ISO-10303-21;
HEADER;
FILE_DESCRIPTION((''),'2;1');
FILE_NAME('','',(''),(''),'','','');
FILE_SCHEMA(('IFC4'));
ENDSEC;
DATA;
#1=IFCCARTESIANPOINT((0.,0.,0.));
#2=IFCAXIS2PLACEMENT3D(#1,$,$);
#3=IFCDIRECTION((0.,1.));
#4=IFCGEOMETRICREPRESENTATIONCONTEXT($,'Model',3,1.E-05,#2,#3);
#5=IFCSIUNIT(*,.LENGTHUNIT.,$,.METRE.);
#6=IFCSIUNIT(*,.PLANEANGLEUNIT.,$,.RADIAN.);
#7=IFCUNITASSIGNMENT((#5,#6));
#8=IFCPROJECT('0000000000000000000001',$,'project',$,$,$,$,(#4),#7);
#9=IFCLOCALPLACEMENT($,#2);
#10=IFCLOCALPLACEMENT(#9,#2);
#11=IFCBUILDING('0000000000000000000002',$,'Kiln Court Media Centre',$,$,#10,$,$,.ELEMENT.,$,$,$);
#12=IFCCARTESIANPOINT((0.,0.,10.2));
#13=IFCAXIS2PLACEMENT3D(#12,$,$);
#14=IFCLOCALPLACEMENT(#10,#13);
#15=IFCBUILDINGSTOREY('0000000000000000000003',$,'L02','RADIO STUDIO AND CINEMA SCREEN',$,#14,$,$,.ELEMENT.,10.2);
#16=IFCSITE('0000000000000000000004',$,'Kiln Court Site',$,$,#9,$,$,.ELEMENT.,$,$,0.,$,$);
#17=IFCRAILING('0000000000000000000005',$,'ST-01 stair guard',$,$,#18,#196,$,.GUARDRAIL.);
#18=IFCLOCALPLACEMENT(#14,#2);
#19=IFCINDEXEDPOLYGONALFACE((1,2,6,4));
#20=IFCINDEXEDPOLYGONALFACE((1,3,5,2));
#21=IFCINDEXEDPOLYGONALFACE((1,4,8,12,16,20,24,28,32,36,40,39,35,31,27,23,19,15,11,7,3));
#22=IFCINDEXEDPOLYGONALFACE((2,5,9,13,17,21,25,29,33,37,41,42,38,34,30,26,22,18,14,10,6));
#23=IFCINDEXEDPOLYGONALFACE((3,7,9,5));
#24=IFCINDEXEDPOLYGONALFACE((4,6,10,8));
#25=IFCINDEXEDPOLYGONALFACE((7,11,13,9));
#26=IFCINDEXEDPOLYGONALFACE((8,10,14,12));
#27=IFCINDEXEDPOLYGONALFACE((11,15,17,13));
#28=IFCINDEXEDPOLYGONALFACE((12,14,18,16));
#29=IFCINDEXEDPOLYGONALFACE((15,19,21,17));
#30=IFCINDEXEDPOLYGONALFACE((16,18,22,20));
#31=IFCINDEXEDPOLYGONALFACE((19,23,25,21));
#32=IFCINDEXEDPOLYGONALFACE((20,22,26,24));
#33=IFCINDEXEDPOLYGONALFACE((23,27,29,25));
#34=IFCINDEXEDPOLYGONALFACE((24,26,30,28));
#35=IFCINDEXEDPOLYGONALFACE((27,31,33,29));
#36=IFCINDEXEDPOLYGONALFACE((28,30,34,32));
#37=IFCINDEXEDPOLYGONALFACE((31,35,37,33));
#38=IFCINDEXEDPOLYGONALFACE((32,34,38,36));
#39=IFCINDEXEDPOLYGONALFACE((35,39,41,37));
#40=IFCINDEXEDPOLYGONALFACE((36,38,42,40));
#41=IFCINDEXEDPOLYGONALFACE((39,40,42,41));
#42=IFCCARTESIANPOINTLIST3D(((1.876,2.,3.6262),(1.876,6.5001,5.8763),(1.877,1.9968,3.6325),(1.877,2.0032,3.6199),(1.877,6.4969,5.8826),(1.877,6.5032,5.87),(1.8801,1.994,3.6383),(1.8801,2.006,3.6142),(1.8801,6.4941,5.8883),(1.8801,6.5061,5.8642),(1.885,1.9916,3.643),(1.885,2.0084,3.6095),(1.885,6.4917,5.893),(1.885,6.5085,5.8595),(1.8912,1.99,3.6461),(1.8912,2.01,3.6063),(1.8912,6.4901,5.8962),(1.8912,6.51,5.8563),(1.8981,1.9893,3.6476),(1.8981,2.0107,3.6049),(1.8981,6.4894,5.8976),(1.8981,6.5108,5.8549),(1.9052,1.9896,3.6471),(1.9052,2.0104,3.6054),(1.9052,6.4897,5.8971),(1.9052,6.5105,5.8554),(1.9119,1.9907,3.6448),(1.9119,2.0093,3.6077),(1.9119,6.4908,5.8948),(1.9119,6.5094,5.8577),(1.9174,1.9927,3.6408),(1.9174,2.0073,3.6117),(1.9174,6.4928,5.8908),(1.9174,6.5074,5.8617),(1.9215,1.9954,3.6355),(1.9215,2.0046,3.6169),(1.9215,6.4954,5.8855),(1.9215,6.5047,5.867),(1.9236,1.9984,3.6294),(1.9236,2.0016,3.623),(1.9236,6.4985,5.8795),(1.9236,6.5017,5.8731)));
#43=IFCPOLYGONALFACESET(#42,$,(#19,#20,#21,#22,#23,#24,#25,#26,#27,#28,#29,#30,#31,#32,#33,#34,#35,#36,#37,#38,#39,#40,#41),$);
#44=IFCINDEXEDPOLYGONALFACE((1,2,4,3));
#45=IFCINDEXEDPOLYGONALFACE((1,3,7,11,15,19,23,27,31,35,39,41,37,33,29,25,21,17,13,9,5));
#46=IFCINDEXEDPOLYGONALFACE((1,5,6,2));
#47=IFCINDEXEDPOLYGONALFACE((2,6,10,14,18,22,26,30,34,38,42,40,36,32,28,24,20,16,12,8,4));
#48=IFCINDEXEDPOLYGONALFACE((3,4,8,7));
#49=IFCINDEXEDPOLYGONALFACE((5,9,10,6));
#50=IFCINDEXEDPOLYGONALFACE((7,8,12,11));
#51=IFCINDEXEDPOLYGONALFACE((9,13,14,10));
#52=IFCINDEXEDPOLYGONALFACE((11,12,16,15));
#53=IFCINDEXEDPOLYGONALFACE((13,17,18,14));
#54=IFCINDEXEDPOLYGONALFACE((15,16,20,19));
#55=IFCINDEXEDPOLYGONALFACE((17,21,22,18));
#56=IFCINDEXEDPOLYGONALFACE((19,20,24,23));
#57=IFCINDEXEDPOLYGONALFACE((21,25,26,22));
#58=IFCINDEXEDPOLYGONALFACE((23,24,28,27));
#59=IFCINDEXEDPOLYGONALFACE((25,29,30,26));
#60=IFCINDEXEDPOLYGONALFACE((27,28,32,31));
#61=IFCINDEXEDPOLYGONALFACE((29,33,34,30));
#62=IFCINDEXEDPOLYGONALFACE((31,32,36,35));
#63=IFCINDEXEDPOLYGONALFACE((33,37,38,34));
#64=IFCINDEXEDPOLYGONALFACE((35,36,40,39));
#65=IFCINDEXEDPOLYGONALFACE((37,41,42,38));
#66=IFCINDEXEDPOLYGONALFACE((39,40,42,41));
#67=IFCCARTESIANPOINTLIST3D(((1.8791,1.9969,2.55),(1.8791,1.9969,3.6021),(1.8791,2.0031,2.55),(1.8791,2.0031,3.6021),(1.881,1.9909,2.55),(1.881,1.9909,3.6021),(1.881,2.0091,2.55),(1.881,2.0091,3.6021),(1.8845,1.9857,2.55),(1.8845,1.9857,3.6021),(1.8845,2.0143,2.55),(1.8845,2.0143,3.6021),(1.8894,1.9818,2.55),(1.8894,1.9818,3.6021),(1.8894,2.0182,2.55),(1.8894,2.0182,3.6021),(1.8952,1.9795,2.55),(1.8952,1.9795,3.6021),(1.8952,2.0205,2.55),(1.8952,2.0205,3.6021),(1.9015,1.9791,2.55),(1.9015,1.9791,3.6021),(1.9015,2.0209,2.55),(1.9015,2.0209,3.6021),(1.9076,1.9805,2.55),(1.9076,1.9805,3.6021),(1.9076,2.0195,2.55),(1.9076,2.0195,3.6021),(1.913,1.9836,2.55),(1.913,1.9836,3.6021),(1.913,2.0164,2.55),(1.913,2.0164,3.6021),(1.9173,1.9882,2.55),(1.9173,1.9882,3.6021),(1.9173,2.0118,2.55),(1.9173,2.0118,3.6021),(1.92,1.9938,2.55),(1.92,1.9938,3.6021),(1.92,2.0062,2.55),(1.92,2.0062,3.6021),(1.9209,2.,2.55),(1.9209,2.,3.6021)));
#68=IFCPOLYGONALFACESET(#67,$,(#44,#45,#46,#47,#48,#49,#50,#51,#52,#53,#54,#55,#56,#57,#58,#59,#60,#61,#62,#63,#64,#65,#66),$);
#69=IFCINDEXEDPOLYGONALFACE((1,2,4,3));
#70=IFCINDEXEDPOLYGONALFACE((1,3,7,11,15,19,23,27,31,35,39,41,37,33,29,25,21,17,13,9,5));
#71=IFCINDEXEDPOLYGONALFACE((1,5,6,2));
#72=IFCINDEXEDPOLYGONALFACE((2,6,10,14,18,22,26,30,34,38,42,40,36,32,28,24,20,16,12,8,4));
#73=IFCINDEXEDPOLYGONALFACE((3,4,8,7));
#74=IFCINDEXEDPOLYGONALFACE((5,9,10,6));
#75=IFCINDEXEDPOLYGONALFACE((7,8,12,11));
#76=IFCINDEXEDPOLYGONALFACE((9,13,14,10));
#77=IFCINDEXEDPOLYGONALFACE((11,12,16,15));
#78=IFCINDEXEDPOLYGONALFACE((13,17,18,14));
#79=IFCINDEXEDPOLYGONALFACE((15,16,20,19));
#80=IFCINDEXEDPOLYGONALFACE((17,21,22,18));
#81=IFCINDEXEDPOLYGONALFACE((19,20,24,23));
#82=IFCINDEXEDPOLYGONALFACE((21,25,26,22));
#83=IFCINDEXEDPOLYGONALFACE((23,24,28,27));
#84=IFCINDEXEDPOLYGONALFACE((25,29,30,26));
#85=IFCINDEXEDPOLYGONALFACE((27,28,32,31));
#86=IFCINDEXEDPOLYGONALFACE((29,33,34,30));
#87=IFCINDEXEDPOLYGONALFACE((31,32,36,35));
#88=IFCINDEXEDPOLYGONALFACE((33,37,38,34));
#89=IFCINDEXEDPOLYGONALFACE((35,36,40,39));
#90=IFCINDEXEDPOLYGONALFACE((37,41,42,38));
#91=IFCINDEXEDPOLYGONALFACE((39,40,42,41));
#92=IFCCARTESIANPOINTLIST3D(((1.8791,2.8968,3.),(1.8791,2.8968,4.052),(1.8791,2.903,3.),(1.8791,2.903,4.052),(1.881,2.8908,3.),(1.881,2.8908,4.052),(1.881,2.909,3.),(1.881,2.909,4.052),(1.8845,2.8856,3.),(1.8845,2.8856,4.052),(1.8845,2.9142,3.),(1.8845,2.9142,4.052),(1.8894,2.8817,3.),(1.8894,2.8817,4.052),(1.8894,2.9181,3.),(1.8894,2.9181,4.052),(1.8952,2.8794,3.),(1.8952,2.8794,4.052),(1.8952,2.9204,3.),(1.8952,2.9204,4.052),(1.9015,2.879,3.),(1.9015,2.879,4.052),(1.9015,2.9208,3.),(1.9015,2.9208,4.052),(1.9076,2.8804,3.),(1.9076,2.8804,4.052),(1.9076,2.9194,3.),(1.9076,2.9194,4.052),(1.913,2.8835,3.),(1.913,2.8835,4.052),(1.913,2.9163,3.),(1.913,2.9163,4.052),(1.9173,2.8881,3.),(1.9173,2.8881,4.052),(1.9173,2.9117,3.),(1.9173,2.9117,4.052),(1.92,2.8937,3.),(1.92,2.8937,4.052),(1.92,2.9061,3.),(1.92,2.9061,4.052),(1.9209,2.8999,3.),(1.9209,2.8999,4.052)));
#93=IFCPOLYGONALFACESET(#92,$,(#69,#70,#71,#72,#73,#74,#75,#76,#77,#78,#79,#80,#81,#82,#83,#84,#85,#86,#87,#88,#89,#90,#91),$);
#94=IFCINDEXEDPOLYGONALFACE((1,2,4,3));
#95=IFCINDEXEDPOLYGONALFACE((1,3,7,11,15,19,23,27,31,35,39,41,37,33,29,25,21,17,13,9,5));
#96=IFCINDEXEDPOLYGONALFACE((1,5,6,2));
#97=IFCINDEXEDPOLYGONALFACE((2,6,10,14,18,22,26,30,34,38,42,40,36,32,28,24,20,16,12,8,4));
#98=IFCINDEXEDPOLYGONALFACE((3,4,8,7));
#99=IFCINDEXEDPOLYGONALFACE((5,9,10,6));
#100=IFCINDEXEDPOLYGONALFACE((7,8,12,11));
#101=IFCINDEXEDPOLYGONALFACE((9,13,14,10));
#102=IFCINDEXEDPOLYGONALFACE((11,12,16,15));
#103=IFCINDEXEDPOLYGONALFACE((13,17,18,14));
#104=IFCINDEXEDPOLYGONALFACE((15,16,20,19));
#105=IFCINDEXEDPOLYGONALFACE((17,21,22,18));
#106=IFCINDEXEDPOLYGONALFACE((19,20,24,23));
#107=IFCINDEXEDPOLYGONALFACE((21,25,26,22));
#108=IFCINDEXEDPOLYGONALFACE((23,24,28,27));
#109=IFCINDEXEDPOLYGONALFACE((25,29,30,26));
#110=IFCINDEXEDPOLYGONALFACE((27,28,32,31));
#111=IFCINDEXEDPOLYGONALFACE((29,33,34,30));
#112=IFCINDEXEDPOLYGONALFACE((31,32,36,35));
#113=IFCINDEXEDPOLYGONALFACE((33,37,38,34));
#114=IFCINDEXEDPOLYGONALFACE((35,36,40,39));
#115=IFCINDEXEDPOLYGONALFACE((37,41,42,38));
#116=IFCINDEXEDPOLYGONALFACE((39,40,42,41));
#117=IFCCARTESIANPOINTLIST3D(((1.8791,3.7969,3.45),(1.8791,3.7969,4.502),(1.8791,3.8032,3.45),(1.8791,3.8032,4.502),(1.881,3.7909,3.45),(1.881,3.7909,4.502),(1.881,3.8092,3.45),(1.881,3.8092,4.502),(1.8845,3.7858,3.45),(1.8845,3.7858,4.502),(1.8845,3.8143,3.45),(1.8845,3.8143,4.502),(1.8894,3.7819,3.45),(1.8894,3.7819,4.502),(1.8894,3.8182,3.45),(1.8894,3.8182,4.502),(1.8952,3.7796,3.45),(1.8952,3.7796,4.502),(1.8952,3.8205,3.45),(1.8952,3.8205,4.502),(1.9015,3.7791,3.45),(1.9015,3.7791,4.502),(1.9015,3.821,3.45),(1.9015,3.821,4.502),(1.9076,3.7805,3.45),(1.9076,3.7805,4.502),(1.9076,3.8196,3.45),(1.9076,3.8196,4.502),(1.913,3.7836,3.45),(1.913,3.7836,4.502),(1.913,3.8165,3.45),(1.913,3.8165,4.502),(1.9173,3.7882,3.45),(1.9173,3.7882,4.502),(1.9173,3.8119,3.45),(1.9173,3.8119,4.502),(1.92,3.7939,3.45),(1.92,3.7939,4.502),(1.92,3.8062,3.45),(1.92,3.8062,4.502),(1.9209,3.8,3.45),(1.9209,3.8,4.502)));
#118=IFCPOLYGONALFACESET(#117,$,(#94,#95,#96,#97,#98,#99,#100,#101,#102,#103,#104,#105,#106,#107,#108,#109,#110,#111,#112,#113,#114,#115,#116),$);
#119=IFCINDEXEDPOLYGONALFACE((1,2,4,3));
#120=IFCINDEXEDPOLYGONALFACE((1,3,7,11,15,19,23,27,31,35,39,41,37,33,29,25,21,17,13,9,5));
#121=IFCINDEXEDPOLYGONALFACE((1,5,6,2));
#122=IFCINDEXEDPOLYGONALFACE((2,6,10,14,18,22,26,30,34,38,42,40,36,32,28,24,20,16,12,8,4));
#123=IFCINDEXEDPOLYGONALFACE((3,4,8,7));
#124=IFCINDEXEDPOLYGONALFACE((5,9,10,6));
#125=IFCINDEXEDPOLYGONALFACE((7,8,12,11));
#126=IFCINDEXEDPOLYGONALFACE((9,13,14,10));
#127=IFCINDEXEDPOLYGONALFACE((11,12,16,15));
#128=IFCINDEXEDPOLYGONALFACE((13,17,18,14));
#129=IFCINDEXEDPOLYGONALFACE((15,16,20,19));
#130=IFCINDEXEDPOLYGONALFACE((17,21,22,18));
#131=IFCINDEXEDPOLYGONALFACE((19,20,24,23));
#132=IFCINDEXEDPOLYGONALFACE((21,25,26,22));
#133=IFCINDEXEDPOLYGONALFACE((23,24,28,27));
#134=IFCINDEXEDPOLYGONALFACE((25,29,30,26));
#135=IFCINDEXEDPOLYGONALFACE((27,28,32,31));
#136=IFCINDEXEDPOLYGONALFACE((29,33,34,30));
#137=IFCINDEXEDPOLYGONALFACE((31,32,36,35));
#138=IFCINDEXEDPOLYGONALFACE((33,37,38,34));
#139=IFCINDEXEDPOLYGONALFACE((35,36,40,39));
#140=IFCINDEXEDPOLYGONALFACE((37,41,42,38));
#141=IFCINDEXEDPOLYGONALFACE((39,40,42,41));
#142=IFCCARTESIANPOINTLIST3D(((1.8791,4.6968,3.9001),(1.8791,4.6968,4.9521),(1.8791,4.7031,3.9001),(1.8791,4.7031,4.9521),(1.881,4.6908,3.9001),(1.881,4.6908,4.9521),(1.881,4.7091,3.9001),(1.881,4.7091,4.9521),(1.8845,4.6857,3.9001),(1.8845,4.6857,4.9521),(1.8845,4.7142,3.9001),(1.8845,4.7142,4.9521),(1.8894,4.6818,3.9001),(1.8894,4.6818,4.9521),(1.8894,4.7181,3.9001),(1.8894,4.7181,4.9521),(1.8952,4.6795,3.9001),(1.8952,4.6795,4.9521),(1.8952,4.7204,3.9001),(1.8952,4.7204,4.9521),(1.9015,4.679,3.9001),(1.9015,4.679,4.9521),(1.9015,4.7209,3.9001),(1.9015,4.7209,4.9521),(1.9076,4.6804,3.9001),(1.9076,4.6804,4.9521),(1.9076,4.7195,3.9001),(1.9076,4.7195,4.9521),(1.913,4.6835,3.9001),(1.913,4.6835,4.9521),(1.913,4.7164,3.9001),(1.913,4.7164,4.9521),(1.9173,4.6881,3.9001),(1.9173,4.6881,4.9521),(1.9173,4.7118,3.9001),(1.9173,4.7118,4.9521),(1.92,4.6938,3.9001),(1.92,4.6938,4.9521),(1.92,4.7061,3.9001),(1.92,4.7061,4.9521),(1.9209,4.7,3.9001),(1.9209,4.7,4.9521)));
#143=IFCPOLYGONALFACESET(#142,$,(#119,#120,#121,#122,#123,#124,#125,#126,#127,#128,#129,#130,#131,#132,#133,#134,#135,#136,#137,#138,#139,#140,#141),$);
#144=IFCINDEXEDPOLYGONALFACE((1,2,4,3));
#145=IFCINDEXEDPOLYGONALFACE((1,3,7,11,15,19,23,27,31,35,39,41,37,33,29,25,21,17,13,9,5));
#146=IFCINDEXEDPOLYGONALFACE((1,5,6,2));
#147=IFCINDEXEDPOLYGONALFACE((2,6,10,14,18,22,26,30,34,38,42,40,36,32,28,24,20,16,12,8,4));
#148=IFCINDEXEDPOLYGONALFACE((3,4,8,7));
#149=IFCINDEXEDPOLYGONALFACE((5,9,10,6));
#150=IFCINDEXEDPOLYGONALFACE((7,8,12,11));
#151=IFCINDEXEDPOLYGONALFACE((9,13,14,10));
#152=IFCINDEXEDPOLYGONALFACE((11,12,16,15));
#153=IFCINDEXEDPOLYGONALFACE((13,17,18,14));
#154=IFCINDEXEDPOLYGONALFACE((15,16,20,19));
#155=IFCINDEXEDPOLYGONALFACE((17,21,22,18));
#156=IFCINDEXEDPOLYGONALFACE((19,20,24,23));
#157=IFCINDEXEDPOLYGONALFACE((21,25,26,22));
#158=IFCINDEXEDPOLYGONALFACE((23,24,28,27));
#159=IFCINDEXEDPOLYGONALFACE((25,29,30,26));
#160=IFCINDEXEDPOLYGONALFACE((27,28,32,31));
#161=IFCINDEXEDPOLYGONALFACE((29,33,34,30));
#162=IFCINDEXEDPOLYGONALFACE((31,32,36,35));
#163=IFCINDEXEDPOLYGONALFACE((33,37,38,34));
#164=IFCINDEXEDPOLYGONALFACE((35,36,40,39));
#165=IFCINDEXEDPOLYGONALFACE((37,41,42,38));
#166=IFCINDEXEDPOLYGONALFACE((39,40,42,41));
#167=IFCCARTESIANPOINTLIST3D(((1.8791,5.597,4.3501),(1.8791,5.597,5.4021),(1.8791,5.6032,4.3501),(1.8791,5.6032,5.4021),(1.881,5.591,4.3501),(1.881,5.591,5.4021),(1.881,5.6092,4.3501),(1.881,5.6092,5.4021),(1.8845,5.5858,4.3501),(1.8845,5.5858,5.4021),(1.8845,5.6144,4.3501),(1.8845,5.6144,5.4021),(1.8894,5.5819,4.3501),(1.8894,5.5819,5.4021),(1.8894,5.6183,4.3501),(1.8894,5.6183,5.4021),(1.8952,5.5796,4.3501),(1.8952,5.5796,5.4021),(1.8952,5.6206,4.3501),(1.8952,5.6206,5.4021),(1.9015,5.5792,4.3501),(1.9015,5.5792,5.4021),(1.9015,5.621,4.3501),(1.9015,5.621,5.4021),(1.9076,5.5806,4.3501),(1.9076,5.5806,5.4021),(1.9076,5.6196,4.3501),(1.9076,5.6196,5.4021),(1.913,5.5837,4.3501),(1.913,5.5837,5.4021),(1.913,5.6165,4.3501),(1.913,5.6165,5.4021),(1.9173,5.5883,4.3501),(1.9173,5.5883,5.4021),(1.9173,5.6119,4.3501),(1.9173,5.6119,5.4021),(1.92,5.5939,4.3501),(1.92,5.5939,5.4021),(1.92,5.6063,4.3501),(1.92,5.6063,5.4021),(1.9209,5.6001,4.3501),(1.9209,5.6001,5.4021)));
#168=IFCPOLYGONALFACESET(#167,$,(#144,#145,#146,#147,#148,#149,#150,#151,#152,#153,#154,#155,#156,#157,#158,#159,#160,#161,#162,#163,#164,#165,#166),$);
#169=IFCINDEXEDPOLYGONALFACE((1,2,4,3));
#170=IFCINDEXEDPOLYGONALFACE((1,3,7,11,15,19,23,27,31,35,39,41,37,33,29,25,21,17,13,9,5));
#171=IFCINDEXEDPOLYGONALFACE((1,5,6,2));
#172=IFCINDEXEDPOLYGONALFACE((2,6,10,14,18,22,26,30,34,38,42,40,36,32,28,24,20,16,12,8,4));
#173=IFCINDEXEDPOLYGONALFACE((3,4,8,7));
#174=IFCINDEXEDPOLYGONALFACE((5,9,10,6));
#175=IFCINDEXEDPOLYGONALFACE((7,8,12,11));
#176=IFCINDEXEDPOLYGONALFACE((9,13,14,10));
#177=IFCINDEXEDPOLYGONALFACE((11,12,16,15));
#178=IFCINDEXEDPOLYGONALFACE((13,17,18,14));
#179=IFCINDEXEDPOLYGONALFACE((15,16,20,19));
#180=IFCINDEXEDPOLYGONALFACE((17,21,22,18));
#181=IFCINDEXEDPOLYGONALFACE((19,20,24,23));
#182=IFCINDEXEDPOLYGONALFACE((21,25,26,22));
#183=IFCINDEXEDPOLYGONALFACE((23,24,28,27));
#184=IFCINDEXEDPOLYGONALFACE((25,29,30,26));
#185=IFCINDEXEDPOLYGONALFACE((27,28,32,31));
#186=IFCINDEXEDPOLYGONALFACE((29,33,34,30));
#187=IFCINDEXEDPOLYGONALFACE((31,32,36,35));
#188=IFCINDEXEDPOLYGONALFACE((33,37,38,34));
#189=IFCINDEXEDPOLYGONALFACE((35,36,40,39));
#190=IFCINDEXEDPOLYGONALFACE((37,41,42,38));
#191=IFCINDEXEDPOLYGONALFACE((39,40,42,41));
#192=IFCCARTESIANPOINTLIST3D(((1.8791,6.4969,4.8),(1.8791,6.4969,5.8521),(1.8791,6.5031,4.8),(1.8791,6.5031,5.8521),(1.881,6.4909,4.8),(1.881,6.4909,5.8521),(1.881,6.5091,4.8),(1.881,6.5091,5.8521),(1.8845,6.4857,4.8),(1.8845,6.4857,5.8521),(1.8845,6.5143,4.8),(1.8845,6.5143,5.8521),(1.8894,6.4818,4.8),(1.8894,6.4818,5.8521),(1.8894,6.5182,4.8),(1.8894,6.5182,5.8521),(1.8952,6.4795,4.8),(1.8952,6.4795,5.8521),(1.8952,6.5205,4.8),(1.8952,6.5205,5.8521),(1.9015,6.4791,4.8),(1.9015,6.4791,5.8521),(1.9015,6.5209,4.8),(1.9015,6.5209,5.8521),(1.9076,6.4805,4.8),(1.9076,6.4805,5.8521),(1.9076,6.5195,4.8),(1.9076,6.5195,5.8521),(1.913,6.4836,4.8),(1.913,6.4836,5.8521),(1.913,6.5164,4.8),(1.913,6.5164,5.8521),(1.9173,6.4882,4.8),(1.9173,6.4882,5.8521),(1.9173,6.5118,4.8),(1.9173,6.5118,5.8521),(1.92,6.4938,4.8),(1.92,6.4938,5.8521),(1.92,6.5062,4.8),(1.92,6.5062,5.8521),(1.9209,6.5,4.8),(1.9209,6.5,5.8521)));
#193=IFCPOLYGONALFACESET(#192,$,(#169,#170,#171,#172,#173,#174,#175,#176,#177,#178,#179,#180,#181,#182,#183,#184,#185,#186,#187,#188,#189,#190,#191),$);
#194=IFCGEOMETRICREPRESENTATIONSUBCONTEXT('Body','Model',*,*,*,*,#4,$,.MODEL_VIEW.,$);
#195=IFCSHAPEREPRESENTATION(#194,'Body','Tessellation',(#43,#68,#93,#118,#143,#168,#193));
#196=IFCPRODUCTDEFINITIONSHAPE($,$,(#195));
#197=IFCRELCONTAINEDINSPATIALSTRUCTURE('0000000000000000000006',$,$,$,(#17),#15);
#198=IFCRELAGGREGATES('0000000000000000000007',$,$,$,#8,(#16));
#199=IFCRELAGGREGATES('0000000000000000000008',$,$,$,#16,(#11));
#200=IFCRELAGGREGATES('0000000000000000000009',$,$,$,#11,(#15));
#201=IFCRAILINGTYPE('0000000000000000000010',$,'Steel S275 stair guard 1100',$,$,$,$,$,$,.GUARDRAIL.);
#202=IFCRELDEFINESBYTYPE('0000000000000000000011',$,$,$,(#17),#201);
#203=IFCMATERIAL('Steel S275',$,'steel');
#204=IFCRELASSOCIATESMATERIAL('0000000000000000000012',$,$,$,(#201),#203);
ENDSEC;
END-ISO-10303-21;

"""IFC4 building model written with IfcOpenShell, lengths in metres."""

from ifc_helpers import new_model, si_unit, direction, frame, origin, origin_2d, place, context, subcontext, project, spatial, circle, extrude, material, type_object, element, save


model = new_model("IFC4")

# Units and contexts
model_context = context("Model", 3, precision=1e-05, world=origin(), true_north=direction((0.0, 1.0)))
body_context = subcontext(model_context, "Body", "Model", "MODEL_VIEW")
ifc_project = project(units=[si_unit("LENGTHUNIT", "METRE"), si_unit("PLANEANGLEUNIT", "RADIAN")], contexts=[model_context])

# Site, building, storey
site_placement = place(None, origin())
site = spatial("IfcSite", under=ifc_project, at=site_placement, Name="Kiln Court Site", CompositionType="ELEMENT", RefElevation=0.0)
building_placement = place(site_placement, origin())
building = spatial("IfcBuilding", under=site, at=building_placement, Name="Kiln Court Media Centre", CompositionType="ELEMENT")
storey_placement = place(building_placement, frame((0.0, 0.0, 10.2)))
storey = spatial("IfcBuildingStorey", under=building, at=storey_placement, Name="L02", Description="RADIO STUDIO AND CINEMA SCREEN", CompositionType="ELEMENT", Elevation=10.2)

# Railing
ifc_material_1 = material(Name="Steel S275", Category="steel")
railing_type_1 = type_object("IfcRailingType", Name="Steel S275 stair guard 1100", PredefinedType="GUARDRAIL", material=ifc_material_1)
railing_1_placement = place(storey_placement, frame((1.8999, 2.0, 2.55)))
element("IfcRailing", 1, at=railing_1_placement, inside=storey, type_object=railing_type_1, Name="ST-01 stair guard", PredefinedType="GUARDRAIL", context=body_context, shape_type="SweptSolid", body=[
    extrude(circle(Radius=0.0239, at=origin_2d()), frame((0.0, 0.0, 1.0762), z_axis=(0.0, 0.894427, 0.447214), x_axis=(-1.0, 0.0, 0.0)), (0.0, 0.0, 1.0), 5.0312),
    extrude(circle(Radius=0.021, at=origin_2d()), origin(), (0.0, 0.0, 1.0), 1.052),
    extrude(circle(Radius=0.021, at=origin_2d()), frame((0.0, 0.8999, 0.45)), (0.0, 0.0, 1.0), 1.052),
    extrude(circle(Radius=0.021, at=origin_2d()), frame((0.0, 1.8, 0.8999)), (0.0, 0.0, 1.0), 1.052),
    extrude(circle(Radius=0.021, at=origin_2d()), frame((0.0, 2.7, 1.3501)), (0.0, 0.0, 1.0), 1.052),
    extrude(circle(Radius=0.021, at=origin_2d()), frame((0.0, 3.6001, 1.8)), (0.0, 0.0, 1.0), 1.052),
    extrude(circle(Radius=0.021, at=origin_2d()), frame((0.0, 4.5, 2.25)), (0.0, 0.0, 1.0), 1.052),
])

save(model, "model.ifc")
